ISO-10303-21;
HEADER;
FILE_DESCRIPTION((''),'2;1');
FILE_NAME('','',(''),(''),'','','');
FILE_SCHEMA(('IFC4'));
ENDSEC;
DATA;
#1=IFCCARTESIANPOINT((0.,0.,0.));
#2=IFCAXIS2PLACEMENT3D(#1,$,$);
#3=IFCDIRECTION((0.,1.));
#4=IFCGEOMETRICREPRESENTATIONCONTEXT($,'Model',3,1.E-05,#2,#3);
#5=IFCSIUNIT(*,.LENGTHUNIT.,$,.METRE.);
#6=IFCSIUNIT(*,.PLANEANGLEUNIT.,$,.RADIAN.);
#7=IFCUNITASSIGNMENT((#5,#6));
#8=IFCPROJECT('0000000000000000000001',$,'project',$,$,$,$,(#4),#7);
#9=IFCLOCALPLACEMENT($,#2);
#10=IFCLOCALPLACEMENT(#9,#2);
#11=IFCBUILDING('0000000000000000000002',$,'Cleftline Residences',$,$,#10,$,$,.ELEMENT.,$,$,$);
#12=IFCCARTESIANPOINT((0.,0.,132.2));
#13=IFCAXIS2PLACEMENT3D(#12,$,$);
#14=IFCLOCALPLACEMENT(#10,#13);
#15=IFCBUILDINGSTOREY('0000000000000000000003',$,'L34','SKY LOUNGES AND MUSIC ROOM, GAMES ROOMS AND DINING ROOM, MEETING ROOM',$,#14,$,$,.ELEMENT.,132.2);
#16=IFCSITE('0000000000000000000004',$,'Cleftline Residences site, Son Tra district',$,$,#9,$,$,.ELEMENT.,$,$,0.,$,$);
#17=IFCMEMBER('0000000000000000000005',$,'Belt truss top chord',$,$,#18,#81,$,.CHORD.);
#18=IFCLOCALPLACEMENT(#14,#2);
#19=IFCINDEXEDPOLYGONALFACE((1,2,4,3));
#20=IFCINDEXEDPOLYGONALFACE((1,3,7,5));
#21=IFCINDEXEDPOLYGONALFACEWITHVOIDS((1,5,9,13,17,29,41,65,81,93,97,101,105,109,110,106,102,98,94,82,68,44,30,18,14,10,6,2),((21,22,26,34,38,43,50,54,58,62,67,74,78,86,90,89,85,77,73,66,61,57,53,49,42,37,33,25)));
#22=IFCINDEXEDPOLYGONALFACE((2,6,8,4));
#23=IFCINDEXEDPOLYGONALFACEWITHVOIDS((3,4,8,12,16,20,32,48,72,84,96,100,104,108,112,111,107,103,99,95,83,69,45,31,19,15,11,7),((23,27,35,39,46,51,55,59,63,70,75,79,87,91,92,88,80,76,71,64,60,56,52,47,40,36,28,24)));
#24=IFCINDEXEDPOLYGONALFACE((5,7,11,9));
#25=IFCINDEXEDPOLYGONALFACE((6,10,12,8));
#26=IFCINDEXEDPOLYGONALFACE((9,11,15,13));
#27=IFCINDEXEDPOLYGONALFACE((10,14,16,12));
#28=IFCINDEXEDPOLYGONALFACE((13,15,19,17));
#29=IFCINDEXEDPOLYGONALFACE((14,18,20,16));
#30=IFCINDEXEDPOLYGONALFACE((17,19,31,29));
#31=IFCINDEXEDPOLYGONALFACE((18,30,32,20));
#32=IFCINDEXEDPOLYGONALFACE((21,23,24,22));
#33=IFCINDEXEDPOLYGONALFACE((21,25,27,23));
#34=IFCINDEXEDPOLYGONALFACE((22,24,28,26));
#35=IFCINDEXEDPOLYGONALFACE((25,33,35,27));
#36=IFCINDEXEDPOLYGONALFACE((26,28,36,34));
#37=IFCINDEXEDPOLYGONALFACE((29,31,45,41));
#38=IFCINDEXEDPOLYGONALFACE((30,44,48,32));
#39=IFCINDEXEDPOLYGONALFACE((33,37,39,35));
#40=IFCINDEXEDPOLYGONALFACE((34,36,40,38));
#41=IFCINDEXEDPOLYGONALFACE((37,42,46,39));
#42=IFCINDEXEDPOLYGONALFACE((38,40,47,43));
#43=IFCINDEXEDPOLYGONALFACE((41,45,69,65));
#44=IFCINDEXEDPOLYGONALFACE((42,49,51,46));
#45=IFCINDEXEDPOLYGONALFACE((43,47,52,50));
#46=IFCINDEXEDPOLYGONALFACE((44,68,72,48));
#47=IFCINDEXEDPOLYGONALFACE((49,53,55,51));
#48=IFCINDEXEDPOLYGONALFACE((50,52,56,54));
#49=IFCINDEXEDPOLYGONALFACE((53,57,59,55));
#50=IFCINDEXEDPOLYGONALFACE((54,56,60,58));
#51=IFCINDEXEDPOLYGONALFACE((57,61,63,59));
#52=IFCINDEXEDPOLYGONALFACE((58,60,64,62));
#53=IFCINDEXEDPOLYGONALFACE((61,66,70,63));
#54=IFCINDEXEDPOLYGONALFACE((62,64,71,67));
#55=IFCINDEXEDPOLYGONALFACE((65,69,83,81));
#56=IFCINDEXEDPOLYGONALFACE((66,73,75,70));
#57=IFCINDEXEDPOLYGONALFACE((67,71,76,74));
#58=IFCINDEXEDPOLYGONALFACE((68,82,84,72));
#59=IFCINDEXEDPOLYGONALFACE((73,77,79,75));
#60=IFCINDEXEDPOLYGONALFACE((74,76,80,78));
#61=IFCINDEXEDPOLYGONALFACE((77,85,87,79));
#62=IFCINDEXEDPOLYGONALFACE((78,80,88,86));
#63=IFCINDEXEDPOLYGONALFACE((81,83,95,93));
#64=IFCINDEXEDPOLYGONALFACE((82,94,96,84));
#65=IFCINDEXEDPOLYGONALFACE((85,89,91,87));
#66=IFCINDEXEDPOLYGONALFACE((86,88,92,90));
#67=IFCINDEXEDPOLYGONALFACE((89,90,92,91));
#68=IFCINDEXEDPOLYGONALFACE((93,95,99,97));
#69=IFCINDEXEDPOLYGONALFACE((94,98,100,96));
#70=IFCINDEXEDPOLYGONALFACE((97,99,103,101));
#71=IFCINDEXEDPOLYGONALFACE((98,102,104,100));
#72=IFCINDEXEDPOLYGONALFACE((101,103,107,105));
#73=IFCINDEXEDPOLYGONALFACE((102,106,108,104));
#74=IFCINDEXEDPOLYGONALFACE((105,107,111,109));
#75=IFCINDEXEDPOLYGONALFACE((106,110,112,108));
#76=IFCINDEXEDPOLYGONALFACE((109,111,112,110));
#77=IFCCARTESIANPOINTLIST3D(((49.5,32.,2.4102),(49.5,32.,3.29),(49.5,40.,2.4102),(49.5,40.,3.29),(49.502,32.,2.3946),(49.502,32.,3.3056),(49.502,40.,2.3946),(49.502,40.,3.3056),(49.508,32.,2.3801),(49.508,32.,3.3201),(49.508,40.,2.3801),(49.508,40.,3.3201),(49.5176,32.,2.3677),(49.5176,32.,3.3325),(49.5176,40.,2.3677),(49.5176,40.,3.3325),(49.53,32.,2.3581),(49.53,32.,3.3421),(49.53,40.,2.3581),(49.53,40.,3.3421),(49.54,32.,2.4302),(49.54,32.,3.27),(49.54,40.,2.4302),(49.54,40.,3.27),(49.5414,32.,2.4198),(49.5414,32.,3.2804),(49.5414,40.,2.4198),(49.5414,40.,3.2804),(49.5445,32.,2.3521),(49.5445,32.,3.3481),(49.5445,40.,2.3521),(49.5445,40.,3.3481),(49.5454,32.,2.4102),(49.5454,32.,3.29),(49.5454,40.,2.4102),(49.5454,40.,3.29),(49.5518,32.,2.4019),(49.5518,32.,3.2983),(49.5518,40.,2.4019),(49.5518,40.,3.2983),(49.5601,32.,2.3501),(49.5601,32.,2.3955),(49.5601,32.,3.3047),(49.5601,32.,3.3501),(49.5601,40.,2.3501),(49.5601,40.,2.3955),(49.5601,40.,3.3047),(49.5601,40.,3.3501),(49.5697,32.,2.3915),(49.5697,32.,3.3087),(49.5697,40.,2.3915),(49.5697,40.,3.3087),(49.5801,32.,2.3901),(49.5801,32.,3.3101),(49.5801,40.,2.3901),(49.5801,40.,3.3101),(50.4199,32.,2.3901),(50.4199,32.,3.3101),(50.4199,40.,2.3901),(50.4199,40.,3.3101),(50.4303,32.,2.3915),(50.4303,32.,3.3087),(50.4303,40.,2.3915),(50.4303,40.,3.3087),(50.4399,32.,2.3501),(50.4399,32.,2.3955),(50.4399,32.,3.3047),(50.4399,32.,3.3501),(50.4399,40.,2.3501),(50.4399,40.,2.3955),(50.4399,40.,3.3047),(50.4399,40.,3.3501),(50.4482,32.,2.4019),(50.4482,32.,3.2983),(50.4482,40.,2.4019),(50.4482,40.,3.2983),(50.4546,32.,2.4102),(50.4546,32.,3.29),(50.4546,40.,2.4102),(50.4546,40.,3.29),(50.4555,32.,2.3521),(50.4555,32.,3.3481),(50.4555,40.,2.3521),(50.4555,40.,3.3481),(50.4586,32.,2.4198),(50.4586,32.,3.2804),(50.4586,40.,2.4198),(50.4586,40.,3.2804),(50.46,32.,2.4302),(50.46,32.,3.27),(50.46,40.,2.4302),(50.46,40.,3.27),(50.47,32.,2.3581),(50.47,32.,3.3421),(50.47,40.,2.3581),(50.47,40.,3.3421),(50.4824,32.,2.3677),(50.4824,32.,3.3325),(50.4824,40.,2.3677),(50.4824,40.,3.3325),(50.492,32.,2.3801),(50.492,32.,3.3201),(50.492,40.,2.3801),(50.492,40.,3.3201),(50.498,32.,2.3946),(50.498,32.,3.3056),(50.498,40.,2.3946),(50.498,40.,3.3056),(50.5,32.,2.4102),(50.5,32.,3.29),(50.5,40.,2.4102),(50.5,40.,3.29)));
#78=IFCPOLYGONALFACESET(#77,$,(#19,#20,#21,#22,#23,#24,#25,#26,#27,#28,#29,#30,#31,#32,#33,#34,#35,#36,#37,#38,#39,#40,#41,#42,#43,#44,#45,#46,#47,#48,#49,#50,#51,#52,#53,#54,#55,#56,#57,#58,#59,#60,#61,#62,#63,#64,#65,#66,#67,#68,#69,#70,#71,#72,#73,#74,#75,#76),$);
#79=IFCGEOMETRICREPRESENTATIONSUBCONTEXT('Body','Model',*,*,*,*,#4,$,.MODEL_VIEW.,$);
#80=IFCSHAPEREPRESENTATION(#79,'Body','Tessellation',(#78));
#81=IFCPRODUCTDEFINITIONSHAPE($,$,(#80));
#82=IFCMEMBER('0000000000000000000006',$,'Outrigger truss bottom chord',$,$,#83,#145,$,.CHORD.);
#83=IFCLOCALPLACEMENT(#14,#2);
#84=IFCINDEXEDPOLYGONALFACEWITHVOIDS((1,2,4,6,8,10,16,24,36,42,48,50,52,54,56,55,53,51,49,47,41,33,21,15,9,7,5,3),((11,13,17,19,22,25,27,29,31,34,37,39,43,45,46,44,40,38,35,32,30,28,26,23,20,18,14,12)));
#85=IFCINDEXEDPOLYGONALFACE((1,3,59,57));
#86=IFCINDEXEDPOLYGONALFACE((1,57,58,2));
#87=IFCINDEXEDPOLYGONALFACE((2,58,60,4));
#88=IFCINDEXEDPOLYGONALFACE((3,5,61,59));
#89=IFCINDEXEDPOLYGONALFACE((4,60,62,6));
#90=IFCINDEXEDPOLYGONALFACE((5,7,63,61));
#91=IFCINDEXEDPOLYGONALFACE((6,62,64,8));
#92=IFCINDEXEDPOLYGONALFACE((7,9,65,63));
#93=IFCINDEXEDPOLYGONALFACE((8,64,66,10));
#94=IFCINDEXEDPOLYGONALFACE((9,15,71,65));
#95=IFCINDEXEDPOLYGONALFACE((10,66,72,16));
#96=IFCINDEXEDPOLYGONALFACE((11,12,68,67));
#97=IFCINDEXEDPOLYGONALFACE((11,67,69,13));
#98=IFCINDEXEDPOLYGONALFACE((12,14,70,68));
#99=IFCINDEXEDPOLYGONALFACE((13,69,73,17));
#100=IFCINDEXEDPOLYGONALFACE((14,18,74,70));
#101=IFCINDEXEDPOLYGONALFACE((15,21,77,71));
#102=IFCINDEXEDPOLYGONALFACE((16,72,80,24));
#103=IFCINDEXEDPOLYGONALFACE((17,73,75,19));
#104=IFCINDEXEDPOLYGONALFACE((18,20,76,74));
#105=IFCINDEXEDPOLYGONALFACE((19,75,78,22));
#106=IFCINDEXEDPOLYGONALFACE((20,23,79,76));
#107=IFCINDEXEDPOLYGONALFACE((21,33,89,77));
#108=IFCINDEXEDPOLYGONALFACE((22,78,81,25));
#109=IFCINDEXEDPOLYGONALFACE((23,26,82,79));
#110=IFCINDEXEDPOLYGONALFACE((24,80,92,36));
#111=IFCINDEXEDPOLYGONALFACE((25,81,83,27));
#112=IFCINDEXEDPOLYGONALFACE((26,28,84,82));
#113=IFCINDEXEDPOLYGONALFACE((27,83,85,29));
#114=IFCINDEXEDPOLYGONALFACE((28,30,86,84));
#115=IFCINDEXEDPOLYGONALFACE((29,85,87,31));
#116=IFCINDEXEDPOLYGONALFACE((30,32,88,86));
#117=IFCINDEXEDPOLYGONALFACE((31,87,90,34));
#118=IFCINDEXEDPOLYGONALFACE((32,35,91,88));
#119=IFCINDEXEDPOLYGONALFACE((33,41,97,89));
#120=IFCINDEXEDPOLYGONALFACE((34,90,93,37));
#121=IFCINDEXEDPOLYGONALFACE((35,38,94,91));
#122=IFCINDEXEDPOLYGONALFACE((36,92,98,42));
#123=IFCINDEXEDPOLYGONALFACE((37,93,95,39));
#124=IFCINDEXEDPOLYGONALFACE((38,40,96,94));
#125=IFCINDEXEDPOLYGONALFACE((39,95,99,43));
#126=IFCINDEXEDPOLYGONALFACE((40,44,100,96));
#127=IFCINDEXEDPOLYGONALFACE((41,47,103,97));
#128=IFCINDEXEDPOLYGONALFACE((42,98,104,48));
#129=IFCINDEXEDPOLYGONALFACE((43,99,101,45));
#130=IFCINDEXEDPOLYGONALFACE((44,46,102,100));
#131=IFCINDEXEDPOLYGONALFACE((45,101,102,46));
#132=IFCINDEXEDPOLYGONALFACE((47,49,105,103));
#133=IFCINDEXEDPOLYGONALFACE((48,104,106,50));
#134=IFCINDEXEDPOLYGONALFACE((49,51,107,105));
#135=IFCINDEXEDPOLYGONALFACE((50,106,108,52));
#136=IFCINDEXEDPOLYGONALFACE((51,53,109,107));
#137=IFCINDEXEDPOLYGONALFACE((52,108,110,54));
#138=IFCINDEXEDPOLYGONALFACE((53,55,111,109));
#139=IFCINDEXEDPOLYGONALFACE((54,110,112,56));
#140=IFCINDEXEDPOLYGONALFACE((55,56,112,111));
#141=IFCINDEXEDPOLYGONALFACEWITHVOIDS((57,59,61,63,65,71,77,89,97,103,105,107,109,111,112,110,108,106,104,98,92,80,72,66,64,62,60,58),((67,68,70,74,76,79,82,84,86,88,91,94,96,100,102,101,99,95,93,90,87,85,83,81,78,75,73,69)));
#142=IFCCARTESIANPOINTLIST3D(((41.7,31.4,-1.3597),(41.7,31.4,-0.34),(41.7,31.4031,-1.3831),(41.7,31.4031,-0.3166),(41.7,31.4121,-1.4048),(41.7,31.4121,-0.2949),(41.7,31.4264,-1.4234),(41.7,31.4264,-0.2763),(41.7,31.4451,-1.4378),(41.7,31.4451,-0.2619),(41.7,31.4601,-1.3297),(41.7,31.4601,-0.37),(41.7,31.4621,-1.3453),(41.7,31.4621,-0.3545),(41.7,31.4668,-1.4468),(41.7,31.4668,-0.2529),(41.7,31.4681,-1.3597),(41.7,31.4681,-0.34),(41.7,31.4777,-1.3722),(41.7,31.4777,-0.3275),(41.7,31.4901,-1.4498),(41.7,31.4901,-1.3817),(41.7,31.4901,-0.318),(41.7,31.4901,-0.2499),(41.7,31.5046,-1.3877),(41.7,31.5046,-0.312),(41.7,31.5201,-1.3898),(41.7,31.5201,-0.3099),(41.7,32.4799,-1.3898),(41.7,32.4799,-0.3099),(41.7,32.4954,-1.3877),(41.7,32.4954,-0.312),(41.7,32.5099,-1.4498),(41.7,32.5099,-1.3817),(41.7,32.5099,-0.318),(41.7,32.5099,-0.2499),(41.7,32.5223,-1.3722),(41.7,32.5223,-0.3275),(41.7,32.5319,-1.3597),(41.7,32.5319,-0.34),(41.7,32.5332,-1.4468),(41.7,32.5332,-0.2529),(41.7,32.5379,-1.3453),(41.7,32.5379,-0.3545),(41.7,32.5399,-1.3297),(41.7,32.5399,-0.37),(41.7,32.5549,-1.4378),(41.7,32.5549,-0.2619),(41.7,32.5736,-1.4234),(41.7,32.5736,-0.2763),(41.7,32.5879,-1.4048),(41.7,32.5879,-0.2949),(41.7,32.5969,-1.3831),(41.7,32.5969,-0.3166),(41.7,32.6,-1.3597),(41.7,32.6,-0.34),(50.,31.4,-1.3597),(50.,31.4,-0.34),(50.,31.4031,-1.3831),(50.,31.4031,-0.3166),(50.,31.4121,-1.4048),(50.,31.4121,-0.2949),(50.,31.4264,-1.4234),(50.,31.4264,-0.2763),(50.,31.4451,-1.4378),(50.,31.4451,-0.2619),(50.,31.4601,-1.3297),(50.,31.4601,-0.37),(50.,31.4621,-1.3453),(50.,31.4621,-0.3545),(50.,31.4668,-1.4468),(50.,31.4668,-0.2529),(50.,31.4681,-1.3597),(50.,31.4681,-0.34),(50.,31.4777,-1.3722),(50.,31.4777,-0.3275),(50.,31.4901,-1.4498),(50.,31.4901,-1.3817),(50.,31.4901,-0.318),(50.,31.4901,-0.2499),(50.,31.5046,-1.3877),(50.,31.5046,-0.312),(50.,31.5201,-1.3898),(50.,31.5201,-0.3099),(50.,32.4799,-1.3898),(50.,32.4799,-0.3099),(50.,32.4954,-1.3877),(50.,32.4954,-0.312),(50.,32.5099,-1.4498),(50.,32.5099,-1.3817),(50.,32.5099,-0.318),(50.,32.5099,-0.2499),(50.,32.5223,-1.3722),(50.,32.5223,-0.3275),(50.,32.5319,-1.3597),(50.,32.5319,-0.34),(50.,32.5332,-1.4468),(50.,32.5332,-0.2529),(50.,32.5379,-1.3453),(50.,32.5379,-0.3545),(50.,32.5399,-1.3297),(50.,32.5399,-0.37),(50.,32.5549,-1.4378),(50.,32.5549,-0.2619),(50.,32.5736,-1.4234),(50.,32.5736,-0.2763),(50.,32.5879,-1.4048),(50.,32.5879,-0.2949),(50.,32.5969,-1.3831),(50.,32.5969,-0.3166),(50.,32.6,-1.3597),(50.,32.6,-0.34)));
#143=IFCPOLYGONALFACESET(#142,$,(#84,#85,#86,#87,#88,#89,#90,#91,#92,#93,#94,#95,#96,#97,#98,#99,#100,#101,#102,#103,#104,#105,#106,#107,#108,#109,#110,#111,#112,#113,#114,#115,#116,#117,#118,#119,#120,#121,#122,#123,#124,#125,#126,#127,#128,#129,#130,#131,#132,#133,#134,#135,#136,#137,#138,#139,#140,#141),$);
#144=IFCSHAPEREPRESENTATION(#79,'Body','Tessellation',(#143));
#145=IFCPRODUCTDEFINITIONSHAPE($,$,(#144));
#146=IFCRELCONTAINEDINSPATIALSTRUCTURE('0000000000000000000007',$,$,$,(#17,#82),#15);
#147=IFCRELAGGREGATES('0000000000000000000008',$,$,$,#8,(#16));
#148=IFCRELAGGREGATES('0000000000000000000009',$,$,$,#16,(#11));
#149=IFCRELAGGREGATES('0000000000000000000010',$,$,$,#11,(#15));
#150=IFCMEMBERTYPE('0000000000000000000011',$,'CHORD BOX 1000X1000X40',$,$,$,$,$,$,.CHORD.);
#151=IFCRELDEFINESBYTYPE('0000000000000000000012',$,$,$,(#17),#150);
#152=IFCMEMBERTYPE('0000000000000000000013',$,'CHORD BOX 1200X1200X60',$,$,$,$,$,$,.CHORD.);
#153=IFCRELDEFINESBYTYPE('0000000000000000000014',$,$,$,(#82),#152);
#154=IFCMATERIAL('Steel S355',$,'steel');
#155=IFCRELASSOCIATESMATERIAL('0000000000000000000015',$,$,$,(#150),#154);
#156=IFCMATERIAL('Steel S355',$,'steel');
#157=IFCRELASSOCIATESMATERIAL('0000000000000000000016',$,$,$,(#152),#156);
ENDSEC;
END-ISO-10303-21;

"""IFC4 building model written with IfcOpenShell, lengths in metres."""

from ifc_helpers import new_model, si_unit, direction, frame, origin, origin_2d, place, context, subcontext, project, spatial, hollow_rectangle, extrude, material, material_profile, profile_set, type_object, element, save


model = new_model("IFC4")

# Units and contexts
model_context = context("Model", 3, precision=1e-05, world=origin(), true_north=direction((0.0, 1.0)))
body_context = subcontext(model_context, "Body", "Model", "MODEL_VIEW")
ifc_project = project(units=[si_unit("LENGTHUNIT", "METRE"), si_unit("PLANEANGLEUNIT", "RADIAN")], contexts=[model_context])

# Site, building, storey
site_placement = place(None, origin())
site = spatial("IfcSite", under=ifc_project, at=site_placement, Name="Cleftline Residences site, Son Tra district", CompositionType="ELEMENT", RefElevation=0.0)
building_placement = place(site_placement, origin())
building = spatial("IfcBuilding", under=site, at=building_placement, Name="Cleftline Residences", CompositionType="ELEMENT")
storey_placement = place(building_placement, frame((0.0, 0.0, 132.2)))
storey = spatial("IfcBuildingStorey", under=building, at=storey_placement, Name="L34", Description="SKY LOUNGES AND MUSIC ROOM, GAMES ROOMS AND DINING ROOM, MEETING ROOM", CompositionType="ELEMENT", Elevation=132.2)

# Members
ifc_material_1 = material(Name="Steel S355", Category="steel")
ifc_material_profile_1 = material_profile(ifc_material_1, hollow_rectangle(XDim=1.0, YDim=1.0, WallThickness=0.04, InnerFilletRadius=0.04, OuterFilletRadius=0.0601, at=origin_2d()))
ifc_profile_set_1 = profile_set([ifc_material_profile_1], Name="Steel S355")
member_type_1 = type_object("IfcMemberType", Name="CHORD BOX 1000X1000X40", PredefinedType="CHORD", material=ifc_profile_set_1)
for number, where, z_axis, x_axis, name in (
    (1, (50.0, 32.0, 2.8501), (0.0, 1.0, 0.0), (-1.0, 0.0, 0.0), "Belt truss top chord"),
):
    element("IfcMember", number, at=place(storey_placement, frame(where, z_axis=z_axis, x_axis=x_axis)), inside=storey, type_object=member_type_1, Name=name, PredefinedType="CHORD", context=body_context, shape_type="SweptSolid", body=[
        extrude(hollow_rectangle(XDim=1.0, YDim=1.0, WallThickness=0.04, InnerFilletRadius=0.04, OuterFilletRadius=0.0601, at=origin_2d()), origin(), (0.0, 0.0, 1.0), 8.0),
    ])
ifc_material_2 = material(Name="Steel S355", Category="steel")
ifc_material_profile_2 = material_profile(ifc_material_2, hollow_rectangle(XDim=1.2, YDim=1.2, WallThickness=0.0601, InnerFilletRadius=0.0601, OuterFilletRadius=0.0901, at=origin_2d()))
ifc_profile_set_2 = profile_set([ifc_material_profile_2], Name="Steel S355")
member_type_2 = type_object("IfcMemberType", Name="CHORD BOX 1200X1200X60", PredefinedType="CHORD", material=ifc_profile_set_2)
for number, where, z_axis, x_axis, name in (
    (2, (41.7, 32.0, -0.8499), (1.0, 0.0, 0.0), (0.0, 1.0, 0.0), "Outrigger truss bottom chord"),
):
    element("IfcMember", number, at=place(storey_placement, frame(where, z_axis=z_axis, x_axis=x_axis)), inside=storey, type_object=member_type_2, Name=name, PredefinedType="CHORD", context=body_context, shape_type="SweptSolid", body=[
        extrude(hollow_rectangle(XDim=1.2, YDim=1.2, WallThickness=0.0601, InnerFilletRadius=0.0601, OuterFilletRadius=0.0901, at=origin_2d()), origin(), (0.0, 0.0, 1.0), 8.3),
    ])

save(model, "model.ifc")
